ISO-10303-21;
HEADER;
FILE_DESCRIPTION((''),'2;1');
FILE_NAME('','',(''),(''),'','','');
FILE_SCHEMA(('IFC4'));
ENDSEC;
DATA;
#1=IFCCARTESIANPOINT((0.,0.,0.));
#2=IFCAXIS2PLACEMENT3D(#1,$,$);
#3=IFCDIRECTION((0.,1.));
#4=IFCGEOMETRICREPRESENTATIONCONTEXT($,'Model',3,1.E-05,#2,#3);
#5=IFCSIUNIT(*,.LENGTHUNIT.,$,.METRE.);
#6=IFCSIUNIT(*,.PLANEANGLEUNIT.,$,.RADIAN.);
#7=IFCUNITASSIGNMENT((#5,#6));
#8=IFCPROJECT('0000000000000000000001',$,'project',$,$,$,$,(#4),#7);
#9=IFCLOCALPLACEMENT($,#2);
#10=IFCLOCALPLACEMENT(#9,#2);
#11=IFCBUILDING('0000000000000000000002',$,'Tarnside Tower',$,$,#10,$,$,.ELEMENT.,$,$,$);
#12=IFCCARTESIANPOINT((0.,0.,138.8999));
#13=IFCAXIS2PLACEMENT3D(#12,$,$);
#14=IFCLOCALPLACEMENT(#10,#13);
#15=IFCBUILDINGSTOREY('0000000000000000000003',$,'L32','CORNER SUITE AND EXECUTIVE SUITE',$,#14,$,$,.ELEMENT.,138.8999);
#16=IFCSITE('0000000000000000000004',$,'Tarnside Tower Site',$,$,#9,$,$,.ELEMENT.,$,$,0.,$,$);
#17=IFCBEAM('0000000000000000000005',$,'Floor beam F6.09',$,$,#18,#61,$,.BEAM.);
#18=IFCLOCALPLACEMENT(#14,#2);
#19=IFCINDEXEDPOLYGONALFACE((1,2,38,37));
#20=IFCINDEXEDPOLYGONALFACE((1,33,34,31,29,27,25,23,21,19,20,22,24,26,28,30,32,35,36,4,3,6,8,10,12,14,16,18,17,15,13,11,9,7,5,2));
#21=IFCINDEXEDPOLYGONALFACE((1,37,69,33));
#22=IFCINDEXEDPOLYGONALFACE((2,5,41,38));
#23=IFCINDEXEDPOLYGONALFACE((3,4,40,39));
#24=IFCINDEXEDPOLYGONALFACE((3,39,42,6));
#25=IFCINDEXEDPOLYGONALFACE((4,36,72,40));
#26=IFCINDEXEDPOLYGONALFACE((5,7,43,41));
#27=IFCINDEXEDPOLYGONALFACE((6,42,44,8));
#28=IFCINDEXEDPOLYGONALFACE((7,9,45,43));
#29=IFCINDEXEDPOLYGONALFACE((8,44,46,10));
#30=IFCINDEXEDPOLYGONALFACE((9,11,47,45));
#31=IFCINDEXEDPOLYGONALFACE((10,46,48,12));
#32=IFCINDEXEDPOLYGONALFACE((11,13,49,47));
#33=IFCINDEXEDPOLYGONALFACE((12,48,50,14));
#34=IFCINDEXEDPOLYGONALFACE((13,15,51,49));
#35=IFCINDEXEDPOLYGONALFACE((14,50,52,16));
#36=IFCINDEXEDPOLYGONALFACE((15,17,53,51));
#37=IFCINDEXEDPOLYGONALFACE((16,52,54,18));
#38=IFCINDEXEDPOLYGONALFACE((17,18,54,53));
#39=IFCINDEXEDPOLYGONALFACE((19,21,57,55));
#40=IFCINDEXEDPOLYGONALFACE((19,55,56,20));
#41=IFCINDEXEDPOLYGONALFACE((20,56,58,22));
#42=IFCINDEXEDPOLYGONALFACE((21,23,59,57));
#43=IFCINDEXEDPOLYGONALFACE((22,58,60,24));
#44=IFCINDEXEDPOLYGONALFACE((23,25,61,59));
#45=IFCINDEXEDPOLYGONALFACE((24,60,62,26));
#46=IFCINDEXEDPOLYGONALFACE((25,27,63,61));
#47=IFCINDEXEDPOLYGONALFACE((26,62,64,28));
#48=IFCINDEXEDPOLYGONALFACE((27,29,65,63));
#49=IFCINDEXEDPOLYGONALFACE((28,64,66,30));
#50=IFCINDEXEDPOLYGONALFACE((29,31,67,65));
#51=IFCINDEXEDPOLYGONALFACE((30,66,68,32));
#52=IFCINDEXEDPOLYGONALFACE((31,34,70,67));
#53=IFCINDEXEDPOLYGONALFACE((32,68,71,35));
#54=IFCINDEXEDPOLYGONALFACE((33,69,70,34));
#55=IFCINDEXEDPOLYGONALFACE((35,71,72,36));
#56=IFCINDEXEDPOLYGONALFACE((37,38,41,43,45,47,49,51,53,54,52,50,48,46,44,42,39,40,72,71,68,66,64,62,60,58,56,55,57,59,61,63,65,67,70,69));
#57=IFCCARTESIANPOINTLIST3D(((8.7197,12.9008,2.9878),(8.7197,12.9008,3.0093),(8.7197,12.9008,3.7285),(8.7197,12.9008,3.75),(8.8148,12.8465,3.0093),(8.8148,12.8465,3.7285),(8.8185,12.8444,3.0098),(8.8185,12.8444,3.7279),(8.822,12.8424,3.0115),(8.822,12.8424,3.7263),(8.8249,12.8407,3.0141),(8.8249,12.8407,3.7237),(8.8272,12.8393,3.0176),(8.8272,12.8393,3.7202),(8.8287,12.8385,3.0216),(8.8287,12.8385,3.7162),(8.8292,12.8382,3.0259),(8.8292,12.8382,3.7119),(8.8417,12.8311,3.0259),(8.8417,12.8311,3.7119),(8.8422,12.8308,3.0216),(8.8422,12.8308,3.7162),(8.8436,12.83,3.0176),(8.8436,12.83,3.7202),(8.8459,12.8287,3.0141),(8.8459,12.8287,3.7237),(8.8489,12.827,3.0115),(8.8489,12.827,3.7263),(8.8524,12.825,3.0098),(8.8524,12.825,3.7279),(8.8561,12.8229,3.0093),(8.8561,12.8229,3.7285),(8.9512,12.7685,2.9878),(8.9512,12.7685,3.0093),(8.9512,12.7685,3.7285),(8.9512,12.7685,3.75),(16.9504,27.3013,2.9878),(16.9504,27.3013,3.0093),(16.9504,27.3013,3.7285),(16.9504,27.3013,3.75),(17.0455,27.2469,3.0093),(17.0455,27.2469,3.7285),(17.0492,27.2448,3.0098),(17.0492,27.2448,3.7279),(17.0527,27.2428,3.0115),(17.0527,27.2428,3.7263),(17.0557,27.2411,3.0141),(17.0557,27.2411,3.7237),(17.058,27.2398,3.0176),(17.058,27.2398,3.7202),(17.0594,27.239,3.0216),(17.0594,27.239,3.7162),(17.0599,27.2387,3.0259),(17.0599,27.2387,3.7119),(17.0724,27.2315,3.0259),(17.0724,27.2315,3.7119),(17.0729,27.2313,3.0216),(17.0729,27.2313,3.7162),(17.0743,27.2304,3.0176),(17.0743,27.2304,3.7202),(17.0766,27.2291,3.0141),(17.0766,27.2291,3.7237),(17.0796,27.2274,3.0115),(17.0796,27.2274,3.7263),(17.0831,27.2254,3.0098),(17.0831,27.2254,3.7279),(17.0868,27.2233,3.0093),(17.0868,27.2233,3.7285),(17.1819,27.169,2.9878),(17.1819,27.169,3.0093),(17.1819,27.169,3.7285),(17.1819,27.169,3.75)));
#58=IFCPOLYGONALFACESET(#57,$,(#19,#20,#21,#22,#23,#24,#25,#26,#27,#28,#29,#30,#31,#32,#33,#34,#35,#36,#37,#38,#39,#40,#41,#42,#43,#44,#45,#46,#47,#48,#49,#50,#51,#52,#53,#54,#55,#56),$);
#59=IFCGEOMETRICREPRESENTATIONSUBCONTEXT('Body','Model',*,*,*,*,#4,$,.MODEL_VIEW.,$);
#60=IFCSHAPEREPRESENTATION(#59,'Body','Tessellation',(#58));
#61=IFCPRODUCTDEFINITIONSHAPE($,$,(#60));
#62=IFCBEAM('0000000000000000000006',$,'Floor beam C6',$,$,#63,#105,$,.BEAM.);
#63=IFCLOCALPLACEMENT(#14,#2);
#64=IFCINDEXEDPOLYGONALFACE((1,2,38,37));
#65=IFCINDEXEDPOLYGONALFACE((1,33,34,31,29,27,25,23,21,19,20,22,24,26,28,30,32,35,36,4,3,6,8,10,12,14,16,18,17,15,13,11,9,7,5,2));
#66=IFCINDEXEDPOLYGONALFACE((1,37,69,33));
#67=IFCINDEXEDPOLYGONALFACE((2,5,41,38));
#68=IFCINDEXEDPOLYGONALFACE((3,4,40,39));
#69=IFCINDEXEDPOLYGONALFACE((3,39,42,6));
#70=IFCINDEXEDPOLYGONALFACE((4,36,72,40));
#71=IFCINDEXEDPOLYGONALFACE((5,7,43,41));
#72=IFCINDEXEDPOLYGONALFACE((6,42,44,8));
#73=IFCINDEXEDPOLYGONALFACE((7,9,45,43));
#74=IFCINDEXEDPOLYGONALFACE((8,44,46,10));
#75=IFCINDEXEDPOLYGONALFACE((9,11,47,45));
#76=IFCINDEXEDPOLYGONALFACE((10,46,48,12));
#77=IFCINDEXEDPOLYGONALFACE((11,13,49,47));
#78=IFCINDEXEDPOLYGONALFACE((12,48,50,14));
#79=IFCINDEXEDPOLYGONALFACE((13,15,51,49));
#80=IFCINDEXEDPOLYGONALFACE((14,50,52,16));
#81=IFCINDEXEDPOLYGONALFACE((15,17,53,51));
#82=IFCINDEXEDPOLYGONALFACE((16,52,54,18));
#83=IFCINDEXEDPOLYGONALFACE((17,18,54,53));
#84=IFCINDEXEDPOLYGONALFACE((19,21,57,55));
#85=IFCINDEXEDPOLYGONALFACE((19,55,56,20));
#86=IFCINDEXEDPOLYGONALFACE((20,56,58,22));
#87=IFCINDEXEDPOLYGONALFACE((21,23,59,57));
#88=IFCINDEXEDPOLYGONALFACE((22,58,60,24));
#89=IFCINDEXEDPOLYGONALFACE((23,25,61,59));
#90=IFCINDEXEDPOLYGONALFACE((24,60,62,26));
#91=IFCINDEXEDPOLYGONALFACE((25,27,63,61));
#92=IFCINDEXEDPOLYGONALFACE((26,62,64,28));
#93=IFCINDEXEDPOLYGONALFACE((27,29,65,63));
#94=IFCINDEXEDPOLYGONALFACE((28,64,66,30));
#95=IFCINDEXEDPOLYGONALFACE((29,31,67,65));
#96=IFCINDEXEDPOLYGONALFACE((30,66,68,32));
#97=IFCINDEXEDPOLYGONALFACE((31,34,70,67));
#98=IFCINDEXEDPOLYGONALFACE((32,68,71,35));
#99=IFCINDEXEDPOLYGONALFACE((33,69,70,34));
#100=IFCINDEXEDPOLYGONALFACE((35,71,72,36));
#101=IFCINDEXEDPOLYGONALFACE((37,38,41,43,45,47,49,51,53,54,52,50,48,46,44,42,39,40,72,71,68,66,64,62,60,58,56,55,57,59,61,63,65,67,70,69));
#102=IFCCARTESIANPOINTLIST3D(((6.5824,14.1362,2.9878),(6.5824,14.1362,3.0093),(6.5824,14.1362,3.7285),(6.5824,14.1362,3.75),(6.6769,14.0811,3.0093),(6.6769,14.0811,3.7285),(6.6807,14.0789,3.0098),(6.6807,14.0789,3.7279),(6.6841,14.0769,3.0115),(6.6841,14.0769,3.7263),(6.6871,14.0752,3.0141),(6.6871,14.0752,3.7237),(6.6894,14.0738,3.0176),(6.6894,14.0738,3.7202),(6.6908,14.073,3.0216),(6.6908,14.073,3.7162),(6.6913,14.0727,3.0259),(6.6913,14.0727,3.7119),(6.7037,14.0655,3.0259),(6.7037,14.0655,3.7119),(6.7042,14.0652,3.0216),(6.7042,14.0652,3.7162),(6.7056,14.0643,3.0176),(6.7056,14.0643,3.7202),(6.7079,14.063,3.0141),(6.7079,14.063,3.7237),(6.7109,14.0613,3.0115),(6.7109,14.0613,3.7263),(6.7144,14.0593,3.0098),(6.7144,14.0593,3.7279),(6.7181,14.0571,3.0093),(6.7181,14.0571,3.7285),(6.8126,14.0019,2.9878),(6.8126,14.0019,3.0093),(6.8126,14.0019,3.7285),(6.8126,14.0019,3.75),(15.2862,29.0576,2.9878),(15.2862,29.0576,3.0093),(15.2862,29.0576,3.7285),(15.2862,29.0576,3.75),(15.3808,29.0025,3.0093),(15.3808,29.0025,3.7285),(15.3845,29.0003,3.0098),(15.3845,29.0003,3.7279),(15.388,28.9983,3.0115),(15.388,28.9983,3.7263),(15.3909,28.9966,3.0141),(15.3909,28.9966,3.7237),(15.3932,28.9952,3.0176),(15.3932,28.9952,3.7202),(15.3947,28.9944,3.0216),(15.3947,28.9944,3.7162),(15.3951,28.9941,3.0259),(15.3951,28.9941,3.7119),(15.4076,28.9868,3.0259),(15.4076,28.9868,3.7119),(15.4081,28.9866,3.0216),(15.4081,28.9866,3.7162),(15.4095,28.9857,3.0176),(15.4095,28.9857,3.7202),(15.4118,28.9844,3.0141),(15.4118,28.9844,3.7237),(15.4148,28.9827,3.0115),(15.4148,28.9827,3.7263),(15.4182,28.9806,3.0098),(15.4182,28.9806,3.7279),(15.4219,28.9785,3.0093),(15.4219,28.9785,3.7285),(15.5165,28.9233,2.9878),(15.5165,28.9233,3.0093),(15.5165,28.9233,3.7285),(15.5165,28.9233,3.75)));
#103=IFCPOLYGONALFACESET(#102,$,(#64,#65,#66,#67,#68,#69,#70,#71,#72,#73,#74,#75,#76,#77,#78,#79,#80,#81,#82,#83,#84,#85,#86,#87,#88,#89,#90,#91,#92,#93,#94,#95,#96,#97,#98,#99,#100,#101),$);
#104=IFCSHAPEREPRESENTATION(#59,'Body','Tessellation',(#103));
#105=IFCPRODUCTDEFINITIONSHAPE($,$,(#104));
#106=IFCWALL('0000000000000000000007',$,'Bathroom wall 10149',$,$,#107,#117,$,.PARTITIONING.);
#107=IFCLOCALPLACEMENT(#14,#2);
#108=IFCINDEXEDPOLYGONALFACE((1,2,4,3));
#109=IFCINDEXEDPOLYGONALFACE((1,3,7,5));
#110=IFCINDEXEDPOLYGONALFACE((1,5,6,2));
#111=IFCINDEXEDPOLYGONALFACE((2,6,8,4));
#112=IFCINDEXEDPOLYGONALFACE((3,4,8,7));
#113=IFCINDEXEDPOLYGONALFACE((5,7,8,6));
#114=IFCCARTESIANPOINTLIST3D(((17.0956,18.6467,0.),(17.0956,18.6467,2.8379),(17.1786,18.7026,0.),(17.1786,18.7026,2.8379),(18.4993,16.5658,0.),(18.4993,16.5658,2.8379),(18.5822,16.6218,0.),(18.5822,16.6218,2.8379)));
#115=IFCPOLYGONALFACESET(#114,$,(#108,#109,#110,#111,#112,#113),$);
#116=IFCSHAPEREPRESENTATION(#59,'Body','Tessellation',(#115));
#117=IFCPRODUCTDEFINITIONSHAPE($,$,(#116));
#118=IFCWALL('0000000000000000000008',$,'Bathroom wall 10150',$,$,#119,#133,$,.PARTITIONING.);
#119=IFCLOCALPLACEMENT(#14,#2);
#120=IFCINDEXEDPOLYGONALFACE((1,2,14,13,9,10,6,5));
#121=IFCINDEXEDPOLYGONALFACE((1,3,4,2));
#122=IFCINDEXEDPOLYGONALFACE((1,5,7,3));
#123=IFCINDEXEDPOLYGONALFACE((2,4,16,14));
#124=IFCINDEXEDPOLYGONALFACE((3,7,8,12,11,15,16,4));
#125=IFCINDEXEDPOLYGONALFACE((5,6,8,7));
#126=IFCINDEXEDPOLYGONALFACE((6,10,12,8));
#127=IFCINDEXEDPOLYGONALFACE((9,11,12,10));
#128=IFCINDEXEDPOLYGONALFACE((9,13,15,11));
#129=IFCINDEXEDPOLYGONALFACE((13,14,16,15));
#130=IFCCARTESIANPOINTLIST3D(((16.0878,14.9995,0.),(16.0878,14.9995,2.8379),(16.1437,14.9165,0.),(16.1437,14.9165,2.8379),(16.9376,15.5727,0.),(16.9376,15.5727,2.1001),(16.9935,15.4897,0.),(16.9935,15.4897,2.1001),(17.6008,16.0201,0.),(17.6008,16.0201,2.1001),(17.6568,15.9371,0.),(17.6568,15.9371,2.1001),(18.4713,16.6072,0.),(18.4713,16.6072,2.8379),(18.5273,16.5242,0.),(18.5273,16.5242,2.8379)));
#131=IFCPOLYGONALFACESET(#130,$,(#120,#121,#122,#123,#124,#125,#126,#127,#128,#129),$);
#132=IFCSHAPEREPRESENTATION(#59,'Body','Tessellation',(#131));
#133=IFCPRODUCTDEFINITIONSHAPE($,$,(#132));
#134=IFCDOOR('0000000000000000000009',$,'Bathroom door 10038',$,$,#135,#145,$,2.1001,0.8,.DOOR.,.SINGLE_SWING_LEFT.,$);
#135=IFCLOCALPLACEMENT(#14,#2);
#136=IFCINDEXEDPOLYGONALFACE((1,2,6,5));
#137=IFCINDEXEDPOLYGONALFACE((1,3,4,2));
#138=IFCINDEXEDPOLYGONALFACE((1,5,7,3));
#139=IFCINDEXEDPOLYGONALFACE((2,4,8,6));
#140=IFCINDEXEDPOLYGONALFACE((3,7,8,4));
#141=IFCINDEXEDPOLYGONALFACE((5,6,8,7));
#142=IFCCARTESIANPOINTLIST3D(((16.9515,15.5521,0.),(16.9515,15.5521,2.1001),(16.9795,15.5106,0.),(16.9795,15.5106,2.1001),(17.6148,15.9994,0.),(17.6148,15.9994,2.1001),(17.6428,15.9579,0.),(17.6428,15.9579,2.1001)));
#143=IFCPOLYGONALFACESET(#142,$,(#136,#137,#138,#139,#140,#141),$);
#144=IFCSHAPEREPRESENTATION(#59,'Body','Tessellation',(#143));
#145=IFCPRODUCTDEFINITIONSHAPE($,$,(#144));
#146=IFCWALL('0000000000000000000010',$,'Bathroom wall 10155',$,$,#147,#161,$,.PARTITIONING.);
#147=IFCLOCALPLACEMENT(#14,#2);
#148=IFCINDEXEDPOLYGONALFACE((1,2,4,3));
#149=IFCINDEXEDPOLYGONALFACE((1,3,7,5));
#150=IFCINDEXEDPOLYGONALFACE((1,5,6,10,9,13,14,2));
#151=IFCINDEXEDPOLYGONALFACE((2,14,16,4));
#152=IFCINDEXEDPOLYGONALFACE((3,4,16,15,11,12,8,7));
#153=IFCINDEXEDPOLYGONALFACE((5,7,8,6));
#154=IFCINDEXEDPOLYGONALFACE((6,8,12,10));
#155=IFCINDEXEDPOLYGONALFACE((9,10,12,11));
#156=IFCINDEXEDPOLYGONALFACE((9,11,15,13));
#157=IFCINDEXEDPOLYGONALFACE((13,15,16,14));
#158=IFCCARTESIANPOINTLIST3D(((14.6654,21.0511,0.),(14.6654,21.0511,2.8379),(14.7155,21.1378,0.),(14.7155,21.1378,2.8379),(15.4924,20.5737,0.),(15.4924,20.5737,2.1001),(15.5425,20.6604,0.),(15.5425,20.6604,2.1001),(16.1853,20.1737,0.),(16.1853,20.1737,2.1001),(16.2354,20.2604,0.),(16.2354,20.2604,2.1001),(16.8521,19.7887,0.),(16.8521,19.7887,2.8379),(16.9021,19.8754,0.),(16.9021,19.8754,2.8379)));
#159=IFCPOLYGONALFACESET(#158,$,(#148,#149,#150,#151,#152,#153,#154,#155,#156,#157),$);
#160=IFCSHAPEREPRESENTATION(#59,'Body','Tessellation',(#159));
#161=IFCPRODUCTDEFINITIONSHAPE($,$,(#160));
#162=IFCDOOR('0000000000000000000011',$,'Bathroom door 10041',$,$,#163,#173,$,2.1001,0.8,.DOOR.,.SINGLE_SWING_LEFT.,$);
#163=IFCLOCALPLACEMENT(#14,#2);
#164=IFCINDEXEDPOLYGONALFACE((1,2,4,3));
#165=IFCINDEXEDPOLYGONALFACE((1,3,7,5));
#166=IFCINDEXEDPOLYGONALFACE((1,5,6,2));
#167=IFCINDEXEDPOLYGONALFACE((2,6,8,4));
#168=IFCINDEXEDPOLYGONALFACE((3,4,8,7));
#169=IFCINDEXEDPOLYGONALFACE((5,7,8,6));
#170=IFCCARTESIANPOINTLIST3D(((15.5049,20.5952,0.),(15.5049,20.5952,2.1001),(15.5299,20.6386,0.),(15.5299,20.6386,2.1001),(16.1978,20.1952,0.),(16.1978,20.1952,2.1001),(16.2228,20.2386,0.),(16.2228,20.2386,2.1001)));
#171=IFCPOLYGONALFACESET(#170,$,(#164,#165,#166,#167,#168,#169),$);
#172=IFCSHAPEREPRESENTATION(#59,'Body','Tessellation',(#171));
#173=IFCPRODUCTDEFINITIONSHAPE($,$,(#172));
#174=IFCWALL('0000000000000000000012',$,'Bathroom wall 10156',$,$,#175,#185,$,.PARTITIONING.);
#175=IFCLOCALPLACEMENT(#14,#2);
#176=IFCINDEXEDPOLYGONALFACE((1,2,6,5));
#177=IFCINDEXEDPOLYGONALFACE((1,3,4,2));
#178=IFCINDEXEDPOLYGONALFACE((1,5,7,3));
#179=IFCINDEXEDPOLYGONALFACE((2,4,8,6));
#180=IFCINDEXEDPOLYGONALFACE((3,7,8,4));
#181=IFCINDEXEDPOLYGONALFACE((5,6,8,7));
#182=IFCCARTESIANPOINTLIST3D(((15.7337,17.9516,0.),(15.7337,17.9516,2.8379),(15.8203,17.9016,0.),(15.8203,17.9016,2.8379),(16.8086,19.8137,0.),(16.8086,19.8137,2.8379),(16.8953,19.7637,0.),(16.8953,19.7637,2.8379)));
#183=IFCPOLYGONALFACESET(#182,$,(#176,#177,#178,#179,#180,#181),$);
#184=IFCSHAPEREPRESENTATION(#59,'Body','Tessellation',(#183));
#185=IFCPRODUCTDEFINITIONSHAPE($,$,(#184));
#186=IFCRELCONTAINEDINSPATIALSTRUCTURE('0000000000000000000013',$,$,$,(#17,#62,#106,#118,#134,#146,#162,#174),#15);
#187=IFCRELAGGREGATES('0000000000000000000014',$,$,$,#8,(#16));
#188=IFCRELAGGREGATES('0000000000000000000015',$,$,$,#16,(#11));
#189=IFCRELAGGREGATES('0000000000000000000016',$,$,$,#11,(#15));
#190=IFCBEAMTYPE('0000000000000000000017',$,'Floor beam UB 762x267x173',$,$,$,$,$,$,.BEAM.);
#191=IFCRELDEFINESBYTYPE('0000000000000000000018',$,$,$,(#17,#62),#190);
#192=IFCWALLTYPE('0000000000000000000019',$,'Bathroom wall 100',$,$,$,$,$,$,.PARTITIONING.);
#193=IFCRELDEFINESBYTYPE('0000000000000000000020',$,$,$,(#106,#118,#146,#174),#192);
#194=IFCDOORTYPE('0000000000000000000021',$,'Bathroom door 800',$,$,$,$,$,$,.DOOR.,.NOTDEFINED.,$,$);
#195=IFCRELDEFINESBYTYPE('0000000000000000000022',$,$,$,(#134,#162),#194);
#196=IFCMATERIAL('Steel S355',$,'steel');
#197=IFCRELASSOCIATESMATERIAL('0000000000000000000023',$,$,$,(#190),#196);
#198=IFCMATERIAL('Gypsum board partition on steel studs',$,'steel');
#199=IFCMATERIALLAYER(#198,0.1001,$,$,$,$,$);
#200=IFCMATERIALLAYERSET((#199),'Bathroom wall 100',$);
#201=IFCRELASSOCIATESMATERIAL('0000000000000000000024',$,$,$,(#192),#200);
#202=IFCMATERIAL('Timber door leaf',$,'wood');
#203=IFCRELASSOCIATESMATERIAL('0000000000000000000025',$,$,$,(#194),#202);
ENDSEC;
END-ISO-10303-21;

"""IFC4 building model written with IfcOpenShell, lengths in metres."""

from ifc_helpers import new_model, si_unit, direction, frame, frame_2d, origin, origin_2d, place, context, subcontext, project, spatial, rectangle, i_section, extrude, material, layer, layer_set, material_profile, profile_set, type_object, element, fill, save


model = new_model("IFC4")

# Units and contexts
model_context = context("Model", 3, precision=1e-05, world=origin(), true_north=direction((0.0, 1.0)))
body_context = subcontext(model_context, "Body", "Model", "MODEL_VIEW")
ifc_project = project(units=[si_unit("LENGTHUNIT", "METRE"), si_unit("PLANEANGLEUNIT", "RADIAN")], contexts=[model_context])

# Site, building, storey
site_placement = place(None, origin())
site = spatial("IfcSite", under=ifc_project, at=site_placement, Name="Tarnside Tower Site", CompositionType="ELEMENT", RefElevation=0.0)
building_placement = place(site_placement, origin())
building = spatial("IfcBuilding", under=site, at=building_placement, Name="Tarnside Tower", CompositionType="ELEMENT")
storey_placement = place(building_placement, frame((0.0, 0.0, 138.8999)))
storey = spatial("IfcBuildingStorey", under=building, at=storey_placement, Name="L32", Description="CORNER SUITE AND EXECUTIVE SUITE", CompositionType="ELEMENT", Elevation=138.8999)

# Beams
ifc_material_1 = material(Name="Steel S355", Category="steel")
ifc_material_profile_1 = material_profile(ifc_material_1, i_section(OverallWidth=0.2666, OverallDepth=0.7622, WebThickness=0.0144, FlangeThickness=0.0215, FilletRadius=0.0166, at=origin_2d()), Name="UB 762x267x173")
ifc_profile_set_1 = profile_set([ifc_material_profile_1], Name="Steel S355")
beam_type_1 = type_object("IfcBeamType", Name="Floor beam UB 762x267x173", PredefinedType="BEAM", material=ifc_profile_set_1)
beam_1_placement = place(storey_placement, frame((17.0662, 27.2351, 3.3689), z_axis=(-0.496226, -0.868193, 0.0), x_axis=(0.868193, -0.496226, 0.0)))
element("IfcBeam", 1, at=beam_1_placement, inside=storey, type_object=beam_type_1, Name="Floor beam F6.09", PredefinedType="BEAM", context=body_context, shape_type="SweptSolid", body=[
    extrude(i_section(OverallWidth=0.2666, OverallDepth=0.7622, WebThickness=0.0144, FlangeThickness=0.0215, FilletRadius=0.0166, at=origin_2d()), origin(), (0.0, 0.0, 1.0), 16.5867),
])
beam_2_placement = place(storey_placement, frame((15.4014, 28.9905, 3.3689), z_axis=(-0.503859, -0.863786, 0.0), x_axis=(0.863786, -0.503859, 0.0)))
element("IfcBeam", 2, at=beam_2_placement, inside=storey, type_object=beam_type_1, Name="Floor beam C6", PredefinedType="BEAM", context=body_context, shape_type="SweptSolid", body=[
    extrude(i_section(OverallWidth=0.2666, OverallDepth=0.7622, WebThickness=0.0144, FlangeThickness=0.0215, FilletRadius=0.0166, at=origin_2d()), origin(), (0.0, 0.0, 1.0), 17.2744),
])

# Wall
ifc_material_2 = material(Name="Gypsum board partition on steel studs", Category="steel")
ifc_layer_1 = layer(ifc_material_2, 0.1001)
ifc_layer_set_1 = layer_set([ifc_layer_1], Name="Bathroom wall 100")
wall_type_1 = type_object("IfcWallType", Name="Bathroom wall 100", PredefinedType="PARTITIONING", material=ifc_layer_set_1)
wall_1_placement = place(storey_placement, frame((17.1372, 18.6746, 0.0), z_axis=(0.0, 0.0, 1.0), x_axis=(0.559204, -0.82903, 0.0)))
element("IfcWall", 3, at=wall_1_placement, inside=storey, type_object=wall_type_1, Name="Bathroom wall 10149", PredefinedType="PARTITIONING", context=body_context, shape_type="SweptSolid", body=[
    extrude(rectangle(XDim=2.51, YDim=0.1001, at=frame_2d((1.2549, 0.0))), origin(), (0.0, 0.0, 1.0), 2.8379),
])

# Walls, openings, doors
wall_2_placement = place(storey_placement, frame((18.4993, 16.5657, 0.0), z_axis=(0.0, 0.0, 1.0), x_axis=(-0.829046, -0.55918, 0.0)))
wall_2 = element("IfcWall", 4, at=wall_2_placement, inside=storey, type_object=wall_type_1, Name="Bathroom wall 10150", PredefinedType="PARTITIONING", context=body_context, shape_type="SweptSolid", body=[
    extrude(rectangle(XDim=2.875, YDim=0.1001, at=frame_2d((1.4375, 0.0))), origin(), (0.0, 0.0, 1.0), 2.8379),
])
opening_1_placement = place(wall_2_placement, frame((1.05, 0.0, 0.0)))
opening_1 = element("IfcOpeningElement", 5, at=opening_1_placement, cuts=wall_2, PredefinedType="OPENING", context=body_context, shape_type="SweptSolid", body=[
    extrude(rectangle(XDim=0.8, YDim=2.1001, at=frame_2d((0.3999, 1.05))), frame((0.0, 0.0601, 0.0), z_axis=(0.0, -1.0, 0.0), x_axis=(1.0, 0.0, 0.0)), (0.0, 0.0, 1.0), 0.1201),
])
ifc_material_3 = material(Name="Timber door leaf", Category="wood")
door_type_1 = type_object("IfcDoorType", Name="Bathroom door 800", OperationType="NOTDEFINED", PredefinedType="DOOR", material=ifc_material_3)
door_1_placement = place(opening_1_placement, origin())
door_1 = element("IfcDoor", 6, at=door_1_placement, inside=storey, type_object=door_type_1, Name="Bathroom door 10038", OperationType="SINGLE_SWING_LEFT", OverallHeight=2.1001, OverallWidth=0.8, PredefinedType="DOOR", context=body_context, shape_type="SweptSolid", body=[
    extrude(rectangle(XDim=0.8, YDim=2.1001, at=frame_2d((0.3999, 1.05))), frame((0.0, 0.0249, 0.0), z_axis=(0.0, -1.0, 0.0), x_axis=(1.0, 0.0, 0.0)), (0.0, 0.0, 1.0), 0.05),
])
fill(opening_1, door_1)
wall_3_placement = place(storey_placement, frame((14.6904, 21.0945, 0.0), z_axis=(0.0, 0.0, 1.0), x_axis=(0.866039, -0.499976, 0.0)))
wall_3 = element("IfcWall", 7, at=wall_3_placement, inside=storey, type_object=wall_type_1, Name="Bathroom wall 10155", PredefinedType="PARTITIONING", context=body_context, shape_type="SweptSolid", body=[
    extrude(rectangle(XDim=2.5249, YDim=0.1001, at=frame_2d((1.2625, 0.0))), origin(), (0.0, 0.0, 1.0), 2.8379),
])
opening_2_placement = place(wall_3_placement, frame((0.9551, 0.0, 0.0)))
opening_2 = element("IfcOpeningElement", 8, at=opening_2_placement, cuts=wall_3, PredefinedType="OPENING", context=body_context, shape_type="SweptSolid", body=[
    extrude(rectangle(XDim=0.8, YDim=2.1001, at=frame_2d((0.3999, 1.05))), frame((0.0, 0.0601, 0.0), z_axis=(0.0, -1.0, 0.0), x_axis=(1.0, 0.0, 0.0)), (0.0, 0.0, 1.0), 0.1201),
])
door_2_placement = place(opening_2_placement, origin())
door_2 = element("IfcDoor", 9, at=door_2_placement, inside=storey, type_object=door_type_1, Name="Bathroom door 10041", OperationType="SINGLE_SWING_LEFT", OverallHeight=2.1001, OverallWidth=0.8, PredefinedType="DOOR", context=body_context, shape_type="SweptSolid", body=[
    extrude(rectangle(XDim=0.8, YDim=2.1001, at=frame_2d((0.3999, 1.05))), frame((0.0, 0.0249, 0.0), z_axis=(0.0, -1.0, 0.0), x_axis=(1.0, 0.0, 0.0)), (0.0, 0.0, 1.0), 0.05),
])
fill(opening_2, door_2)

# Wall
wall_4_placement = place(storey_placement, frame((16.8521, 19.7888, 0.0), z_axis=(0.0, 0.0, 1.0), x_axis=(-0.499962, -0.866048, 0.0)))
element("IfcWall", 10, at=wall_4_placement, inside=storey, type_object=wall_type_1, Name="Bathroom wall 10156", PredefinedType="PARTITIONING", context=body_context, shape_type="SweptSolid", body=[
    extrude(rectangle(XDim=2.1501, YDim=0.1001, at=frame_2d((1.0752, 0.0))), origin(), (0.0, 0.0, 1.0), 2.8379),
])

save(model, "model.ifc")
